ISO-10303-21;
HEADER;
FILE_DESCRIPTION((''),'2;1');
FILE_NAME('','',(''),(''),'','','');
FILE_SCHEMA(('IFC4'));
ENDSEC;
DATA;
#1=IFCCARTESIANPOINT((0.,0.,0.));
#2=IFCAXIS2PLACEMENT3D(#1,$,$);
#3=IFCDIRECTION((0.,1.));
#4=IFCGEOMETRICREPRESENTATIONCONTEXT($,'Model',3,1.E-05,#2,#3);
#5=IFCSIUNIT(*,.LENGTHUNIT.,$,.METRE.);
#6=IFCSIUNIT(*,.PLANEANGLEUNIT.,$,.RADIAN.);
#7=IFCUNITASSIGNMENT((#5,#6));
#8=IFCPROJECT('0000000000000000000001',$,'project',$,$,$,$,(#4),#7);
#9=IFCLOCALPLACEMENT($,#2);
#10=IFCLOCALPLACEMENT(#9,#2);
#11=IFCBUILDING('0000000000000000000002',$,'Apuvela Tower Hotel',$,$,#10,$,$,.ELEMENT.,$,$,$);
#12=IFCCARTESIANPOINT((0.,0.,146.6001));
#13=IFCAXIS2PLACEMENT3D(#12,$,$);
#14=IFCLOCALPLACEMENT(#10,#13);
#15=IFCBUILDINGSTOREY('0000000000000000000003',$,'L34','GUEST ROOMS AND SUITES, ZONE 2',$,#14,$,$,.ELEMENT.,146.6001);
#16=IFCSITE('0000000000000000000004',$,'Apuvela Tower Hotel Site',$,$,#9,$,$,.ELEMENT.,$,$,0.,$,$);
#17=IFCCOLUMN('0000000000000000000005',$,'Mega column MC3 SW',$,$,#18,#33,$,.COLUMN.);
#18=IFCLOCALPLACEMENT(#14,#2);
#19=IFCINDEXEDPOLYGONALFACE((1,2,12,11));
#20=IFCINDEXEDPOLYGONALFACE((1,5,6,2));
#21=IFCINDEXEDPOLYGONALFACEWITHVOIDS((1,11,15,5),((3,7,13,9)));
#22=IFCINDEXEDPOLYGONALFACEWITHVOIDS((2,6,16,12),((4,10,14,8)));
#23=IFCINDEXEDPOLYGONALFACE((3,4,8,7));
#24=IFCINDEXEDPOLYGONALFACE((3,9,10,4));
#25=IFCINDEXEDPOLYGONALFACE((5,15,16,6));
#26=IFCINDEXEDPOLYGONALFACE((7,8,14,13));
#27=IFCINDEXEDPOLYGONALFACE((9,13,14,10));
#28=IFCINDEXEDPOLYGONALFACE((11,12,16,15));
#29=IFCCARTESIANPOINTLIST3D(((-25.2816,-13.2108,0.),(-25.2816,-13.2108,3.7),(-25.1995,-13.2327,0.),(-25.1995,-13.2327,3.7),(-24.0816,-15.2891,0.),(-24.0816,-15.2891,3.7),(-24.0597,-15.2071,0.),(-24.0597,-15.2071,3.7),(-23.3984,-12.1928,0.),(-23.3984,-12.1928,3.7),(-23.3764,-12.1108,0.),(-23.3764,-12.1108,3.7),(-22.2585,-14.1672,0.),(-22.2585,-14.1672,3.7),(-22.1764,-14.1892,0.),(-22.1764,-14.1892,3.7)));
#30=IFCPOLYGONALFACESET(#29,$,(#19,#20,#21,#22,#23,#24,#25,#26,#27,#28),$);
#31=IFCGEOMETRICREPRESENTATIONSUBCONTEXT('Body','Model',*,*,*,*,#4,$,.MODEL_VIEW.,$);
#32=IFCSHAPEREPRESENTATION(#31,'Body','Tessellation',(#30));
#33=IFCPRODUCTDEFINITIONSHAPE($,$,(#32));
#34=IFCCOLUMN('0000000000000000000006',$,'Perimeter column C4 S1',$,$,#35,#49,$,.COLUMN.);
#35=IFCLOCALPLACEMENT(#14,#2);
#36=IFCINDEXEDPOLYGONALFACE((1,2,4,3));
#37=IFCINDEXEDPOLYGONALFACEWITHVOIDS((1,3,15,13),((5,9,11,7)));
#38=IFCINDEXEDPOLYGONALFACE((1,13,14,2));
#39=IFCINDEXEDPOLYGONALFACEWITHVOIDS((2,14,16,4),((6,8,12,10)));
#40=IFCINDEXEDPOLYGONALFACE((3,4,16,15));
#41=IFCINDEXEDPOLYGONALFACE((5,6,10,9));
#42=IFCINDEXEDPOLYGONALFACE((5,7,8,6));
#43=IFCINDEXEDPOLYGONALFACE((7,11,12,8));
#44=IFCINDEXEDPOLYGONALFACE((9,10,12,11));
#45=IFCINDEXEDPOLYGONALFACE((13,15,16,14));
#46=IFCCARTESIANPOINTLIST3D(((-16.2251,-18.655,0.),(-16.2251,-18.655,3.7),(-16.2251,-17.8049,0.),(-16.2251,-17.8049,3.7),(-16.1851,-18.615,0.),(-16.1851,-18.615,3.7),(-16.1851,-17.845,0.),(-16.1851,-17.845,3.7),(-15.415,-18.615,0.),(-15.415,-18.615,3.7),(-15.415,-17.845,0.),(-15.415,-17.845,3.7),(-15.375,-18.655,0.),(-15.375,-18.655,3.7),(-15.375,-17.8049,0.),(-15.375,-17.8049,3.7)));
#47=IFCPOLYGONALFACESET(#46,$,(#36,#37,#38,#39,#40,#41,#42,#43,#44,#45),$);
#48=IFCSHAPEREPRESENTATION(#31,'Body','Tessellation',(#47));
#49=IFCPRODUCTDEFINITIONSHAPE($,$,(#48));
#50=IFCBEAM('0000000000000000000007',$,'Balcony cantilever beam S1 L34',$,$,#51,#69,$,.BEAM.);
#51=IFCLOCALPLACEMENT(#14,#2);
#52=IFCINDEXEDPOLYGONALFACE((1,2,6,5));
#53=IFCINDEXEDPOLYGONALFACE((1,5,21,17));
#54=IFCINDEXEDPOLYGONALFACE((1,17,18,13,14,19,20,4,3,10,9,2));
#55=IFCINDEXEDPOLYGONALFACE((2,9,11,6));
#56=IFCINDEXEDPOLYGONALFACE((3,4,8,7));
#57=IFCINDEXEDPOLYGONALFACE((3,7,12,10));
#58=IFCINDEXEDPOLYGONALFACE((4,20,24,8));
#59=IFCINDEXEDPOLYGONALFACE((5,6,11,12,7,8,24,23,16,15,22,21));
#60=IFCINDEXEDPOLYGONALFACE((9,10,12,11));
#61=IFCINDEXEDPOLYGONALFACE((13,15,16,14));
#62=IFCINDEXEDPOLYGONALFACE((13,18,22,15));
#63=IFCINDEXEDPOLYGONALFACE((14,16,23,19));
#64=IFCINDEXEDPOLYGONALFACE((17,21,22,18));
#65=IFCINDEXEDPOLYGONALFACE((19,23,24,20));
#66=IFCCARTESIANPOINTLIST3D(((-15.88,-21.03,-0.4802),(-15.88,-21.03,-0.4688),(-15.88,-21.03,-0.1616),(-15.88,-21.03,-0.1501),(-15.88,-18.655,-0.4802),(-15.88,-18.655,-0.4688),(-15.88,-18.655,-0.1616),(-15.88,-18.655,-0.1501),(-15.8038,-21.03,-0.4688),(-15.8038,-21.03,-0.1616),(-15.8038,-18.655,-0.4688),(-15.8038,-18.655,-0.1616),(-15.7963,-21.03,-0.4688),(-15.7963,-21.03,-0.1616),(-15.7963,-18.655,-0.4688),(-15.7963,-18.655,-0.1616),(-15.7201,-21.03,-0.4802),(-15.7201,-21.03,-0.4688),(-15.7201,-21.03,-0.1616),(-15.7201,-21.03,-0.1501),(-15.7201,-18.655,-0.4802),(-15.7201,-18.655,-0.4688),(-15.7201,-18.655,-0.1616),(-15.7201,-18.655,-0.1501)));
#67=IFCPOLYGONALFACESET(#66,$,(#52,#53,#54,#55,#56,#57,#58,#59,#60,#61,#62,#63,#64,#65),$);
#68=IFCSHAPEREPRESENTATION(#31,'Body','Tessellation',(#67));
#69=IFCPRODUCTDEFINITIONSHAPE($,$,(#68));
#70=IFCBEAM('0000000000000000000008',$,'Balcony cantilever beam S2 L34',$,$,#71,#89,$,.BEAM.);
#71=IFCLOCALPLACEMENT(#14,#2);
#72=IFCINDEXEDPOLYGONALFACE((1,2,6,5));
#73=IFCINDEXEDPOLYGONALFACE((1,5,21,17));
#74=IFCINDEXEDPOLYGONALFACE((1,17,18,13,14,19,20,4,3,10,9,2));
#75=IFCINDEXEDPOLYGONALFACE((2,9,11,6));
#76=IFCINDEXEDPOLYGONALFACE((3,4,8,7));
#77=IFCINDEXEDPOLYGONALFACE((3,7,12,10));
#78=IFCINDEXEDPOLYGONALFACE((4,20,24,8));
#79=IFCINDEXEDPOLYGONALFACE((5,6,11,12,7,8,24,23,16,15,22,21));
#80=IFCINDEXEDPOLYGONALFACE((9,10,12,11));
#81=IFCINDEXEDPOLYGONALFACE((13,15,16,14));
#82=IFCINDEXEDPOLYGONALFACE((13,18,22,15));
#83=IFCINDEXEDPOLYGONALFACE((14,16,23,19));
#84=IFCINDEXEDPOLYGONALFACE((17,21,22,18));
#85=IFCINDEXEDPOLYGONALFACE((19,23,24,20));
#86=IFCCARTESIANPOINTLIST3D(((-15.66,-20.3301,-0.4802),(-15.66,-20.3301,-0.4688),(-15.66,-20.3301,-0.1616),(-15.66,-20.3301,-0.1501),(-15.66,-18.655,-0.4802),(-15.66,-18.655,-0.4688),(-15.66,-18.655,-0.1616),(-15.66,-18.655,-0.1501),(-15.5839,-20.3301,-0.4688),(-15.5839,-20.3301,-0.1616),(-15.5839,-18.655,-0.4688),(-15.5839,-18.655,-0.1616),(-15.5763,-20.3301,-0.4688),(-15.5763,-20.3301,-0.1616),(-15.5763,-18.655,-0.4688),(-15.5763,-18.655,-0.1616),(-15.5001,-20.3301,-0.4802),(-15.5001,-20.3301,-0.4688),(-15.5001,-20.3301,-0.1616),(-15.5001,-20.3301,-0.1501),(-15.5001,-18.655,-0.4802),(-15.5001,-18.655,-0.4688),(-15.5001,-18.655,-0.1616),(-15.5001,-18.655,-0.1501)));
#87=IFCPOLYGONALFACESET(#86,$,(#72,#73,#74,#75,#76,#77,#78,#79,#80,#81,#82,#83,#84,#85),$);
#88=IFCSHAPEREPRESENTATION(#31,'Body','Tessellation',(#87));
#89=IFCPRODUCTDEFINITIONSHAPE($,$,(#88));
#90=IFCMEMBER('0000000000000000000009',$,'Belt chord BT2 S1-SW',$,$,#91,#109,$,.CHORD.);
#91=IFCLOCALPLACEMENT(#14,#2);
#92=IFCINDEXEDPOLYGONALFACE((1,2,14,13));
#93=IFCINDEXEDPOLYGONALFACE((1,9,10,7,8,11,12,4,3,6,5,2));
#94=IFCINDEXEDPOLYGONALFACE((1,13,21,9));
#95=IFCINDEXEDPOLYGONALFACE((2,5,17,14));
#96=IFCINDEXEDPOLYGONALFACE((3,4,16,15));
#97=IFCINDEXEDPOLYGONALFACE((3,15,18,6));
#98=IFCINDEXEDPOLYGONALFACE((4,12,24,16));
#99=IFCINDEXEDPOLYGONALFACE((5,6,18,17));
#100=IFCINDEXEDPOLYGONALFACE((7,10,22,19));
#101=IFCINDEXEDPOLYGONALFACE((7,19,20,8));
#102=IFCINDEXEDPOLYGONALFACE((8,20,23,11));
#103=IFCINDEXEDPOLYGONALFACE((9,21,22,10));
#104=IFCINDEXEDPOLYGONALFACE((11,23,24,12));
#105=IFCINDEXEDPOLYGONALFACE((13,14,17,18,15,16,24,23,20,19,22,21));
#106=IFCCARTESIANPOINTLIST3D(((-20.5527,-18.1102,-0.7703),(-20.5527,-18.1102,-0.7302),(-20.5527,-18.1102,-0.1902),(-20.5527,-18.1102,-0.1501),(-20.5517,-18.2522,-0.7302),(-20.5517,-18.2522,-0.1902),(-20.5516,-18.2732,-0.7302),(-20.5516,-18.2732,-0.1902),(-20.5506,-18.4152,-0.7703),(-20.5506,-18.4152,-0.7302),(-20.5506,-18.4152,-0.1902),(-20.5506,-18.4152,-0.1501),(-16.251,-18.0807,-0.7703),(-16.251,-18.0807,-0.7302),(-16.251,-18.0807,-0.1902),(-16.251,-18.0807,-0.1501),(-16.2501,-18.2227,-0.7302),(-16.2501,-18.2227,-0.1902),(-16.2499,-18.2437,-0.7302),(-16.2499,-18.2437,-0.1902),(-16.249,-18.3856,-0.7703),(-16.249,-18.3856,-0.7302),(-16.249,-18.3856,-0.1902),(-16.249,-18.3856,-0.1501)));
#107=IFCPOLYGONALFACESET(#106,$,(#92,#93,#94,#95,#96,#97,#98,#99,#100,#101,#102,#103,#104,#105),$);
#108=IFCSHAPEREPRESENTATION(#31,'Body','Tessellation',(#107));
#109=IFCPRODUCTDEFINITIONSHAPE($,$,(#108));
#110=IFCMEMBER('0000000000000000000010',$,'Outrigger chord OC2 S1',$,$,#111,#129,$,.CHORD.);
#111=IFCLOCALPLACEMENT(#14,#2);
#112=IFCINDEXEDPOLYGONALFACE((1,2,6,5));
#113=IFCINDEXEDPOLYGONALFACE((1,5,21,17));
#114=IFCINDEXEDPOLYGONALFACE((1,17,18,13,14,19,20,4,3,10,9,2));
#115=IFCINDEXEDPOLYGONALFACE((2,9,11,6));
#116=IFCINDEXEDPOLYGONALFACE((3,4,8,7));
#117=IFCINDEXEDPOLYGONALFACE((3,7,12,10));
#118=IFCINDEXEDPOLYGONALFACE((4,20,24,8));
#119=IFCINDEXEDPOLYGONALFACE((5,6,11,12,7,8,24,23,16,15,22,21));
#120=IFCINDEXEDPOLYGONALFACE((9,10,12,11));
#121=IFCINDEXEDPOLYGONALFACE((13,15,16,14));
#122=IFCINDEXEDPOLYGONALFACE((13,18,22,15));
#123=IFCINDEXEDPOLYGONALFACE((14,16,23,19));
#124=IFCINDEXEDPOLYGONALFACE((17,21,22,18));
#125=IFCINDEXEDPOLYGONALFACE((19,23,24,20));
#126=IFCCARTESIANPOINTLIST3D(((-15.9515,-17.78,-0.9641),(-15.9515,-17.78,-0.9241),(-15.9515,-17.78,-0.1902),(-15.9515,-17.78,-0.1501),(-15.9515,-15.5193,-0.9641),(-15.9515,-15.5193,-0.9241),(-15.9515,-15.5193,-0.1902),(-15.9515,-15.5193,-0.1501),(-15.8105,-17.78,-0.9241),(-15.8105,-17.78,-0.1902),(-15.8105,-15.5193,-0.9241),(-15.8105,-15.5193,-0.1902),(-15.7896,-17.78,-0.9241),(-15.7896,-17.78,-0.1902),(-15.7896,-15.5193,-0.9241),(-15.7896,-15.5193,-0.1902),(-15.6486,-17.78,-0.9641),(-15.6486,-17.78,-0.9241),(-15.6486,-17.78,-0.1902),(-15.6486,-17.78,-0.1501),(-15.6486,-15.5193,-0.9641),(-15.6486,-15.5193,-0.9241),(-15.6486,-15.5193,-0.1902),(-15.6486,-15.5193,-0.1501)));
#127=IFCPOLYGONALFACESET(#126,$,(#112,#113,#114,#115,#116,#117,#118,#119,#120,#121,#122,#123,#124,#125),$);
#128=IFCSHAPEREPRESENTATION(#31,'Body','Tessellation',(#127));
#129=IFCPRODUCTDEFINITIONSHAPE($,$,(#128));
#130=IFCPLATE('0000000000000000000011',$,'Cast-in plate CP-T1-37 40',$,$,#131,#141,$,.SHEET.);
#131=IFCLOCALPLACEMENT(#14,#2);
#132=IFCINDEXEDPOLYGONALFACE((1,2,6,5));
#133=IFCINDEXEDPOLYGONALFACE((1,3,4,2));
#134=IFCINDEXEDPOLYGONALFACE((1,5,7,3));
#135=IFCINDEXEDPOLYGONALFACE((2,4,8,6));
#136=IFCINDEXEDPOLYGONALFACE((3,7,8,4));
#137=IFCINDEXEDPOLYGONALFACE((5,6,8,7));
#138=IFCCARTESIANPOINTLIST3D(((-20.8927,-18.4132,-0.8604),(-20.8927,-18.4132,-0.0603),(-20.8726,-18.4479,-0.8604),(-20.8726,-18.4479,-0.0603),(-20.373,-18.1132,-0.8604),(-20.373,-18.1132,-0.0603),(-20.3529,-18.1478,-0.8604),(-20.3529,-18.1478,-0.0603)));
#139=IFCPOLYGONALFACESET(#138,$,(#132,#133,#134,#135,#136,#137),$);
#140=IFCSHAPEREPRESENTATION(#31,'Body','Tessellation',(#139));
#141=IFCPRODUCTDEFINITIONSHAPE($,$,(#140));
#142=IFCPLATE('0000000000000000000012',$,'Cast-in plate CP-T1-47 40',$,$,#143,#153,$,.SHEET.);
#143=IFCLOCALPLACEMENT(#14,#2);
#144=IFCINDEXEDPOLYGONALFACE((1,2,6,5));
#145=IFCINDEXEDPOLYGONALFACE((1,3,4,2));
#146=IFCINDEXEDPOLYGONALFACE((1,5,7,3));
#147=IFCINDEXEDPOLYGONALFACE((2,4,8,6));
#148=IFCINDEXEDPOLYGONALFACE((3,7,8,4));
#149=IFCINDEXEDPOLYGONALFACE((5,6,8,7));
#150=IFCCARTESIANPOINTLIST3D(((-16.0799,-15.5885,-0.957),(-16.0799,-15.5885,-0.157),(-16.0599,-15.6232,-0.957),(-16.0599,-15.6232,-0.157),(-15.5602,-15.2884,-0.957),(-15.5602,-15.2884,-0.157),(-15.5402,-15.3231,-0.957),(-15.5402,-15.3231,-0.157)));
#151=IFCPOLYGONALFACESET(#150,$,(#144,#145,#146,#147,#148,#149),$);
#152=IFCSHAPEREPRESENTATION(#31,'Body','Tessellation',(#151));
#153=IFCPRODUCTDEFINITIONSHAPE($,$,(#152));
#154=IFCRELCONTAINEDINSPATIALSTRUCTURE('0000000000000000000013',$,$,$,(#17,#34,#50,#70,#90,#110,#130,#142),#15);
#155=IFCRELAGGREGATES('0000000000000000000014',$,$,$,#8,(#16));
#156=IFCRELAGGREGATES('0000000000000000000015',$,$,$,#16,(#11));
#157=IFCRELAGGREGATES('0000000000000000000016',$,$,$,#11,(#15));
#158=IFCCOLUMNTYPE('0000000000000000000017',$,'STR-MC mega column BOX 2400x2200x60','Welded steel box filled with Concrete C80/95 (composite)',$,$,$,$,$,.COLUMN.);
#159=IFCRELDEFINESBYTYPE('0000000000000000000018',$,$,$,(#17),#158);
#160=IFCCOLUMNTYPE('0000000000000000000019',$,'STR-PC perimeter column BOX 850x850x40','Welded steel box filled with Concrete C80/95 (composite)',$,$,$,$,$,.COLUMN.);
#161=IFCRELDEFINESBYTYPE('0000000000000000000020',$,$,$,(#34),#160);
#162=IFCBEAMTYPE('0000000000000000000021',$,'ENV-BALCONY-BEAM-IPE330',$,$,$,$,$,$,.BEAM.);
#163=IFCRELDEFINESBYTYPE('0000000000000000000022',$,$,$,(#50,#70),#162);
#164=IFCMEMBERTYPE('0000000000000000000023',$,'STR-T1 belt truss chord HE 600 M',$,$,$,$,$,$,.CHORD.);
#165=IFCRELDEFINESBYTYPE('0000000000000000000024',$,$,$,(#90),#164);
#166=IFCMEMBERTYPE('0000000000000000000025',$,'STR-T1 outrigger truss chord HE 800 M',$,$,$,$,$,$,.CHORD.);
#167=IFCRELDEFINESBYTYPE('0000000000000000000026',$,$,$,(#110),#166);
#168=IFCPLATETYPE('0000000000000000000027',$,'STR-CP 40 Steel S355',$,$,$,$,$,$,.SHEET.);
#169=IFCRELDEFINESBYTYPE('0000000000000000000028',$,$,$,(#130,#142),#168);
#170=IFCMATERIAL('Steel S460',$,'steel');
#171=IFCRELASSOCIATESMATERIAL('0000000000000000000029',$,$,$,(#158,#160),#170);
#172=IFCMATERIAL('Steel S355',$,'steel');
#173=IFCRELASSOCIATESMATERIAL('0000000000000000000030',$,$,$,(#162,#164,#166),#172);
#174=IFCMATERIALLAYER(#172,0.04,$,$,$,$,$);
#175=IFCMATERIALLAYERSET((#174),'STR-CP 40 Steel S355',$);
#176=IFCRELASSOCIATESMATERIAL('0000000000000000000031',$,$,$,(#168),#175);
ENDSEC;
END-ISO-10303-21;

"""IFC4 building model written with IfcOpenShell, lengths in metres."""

from ifc_helpers import new_model, si_unit, direction, frame, origin, origin_2d, place, context, subcontext, project, spatial, rectangle, hollow_rectangle, i_section, extrude, material, layer, layer_set, material_profile, profile_set, type_object, element, save


model = new_model("IFC4")

# Units and contexts
model_context = context("Model", 3, precision=1e-05, world=origin(), true_north=direction((0.0, 1.0)))
body_context = subcontext(model_context, "Body", "Model", "MODEL_VIEW")
ifc_project = project(units=[si_unit("LENGTHUNIT", "METRE"), si_unit("PLANEANGLEUNIT", "RADIAN")], contexts=[model_context])

# Site, building, storey
site_placement = place(None, origin())
site = spatial("IfcSite", under=ifc_project, at=site_placement, Name="Apuvela Tower Hotel Site", CompositionType="ELEMENT", RefElevation=0.0)
building_placement = place(site_placement, origin())
building = spatial("IfcBuilding", under=site, at=building_placement, Name="Apuvela Tower Hotel", CompositionType="ELEMENT")
storey_placement = place(building_placement, frame((0.0, 0.0, 146.6001)))
storey = spatial("IfcBuildingStorey", under=building, at=storey_placement, Name="L34", Description="GUEST ROOMS AND SUITES, ZONE 2", CompositionType="ELEMENT", Elevation=146.6001)

# Columns
ifc_material_1 = material(Name="Steel S460", Category="steel")
ifc_material_profile_1 = material_profile(ifc_material_1, hollow_rectangle(XDim=2.3999, YDim=2.2, WallThickness=0.0601, at=origin_2d()), Name="BOX 2400x2200x60")
ifc_material_2 = material(Name="Concrete C80/95", Category="concrete")
ifc_material_profile_2 = material_profile(ifc_material_2, rectangle(XDim=2.28, YDim=2.0801, at=origin_2d()), Name="Concrete C80/95 infill")
ifc_profile_set_1 = profile_set([ifc_material_profile_1, ifc_material_profile_2], Name="Steel S460")
column_type_1 = type_object("IfcColumnType", Name="STR-MC mega column BOX 2400x2200x60", Description="Welded steel box filled with Concrete C80/95 (composite)", PredefinedType="COLUMN", material=ifc_profile_set_1)
column_1_placement = place(storey_placement, frame((-23.729, -13.7, 0.0), z_axis=(0.0, 0.0, 1.0), x_axis=(-0.5, 0.866025, 0.0)))
element("IfcColumn", 1, at=column_1_placement, inside=storey, type_object=column_type_1, Name="Mega column MC3 SW", PredefinedType="COLUMN", context=body_context, shape_type="SweptSolid", body=[
    extrude(hollow_rectangle(XDim=2.3999, YDim=2.2, WallThickness=0.0601, at=origin_2d()), origin(), (0.0, 0.0, 1.0), 3.7),
])
ifc_material_profile_3 = material_profile(ifc_material_1, hollow_rectangle(XDim=0.8501, YDim=0.8501, WallThickness=0.04, at=origin_2d()), Name="BOX 850x850x40")
ifc_material_profile_4 = material_profile(ifc_material_2, rectangle(XDim=0.77, YDim=0.77, at=origin_2d()), Name="Concrete C80/95 infill")
ifc_profile_set_2 = profile_set([ifc_material_profile_3, ifc_material_profile_4], Name="Steel S460")
column_type_2 = type_object("IfcColumnType", Name="STR-PC perimeter column BOX 850x850x40", Description="Welded steel box filled with Concrete C80/95 (composite)", PredefinedType="COLUMN", material=ifc_profile_set_2)
column_2_placement = place(storey_placement, frame((-15.8, -18.23, 0.0), z_axis=(0.0, 0.0, 1.0), x_axis=(-1.0, 0.0, 0.0)))
element("IfcColumn", 2, at=column_2_placement, inside=storey, type_object=column_type_2, Name="Perimeter column C4 S1", PredefinedType="COLUMN", context=body_context, shape_type="SweptSolid", body=[
    extrude(hollow_rectangle(XDim=0.8501, YDim=0.8501, WallThickness=0.04, at=origin_2d()), origin(), (0.0, 0.0, 1.0), 3.7),
])

# Beams
ifc_material_3 = material(Name="Steel S355", Category="steel")
ifc_material_profile_5 = material_profile(ifc_material_3, i_section(OverallWidth=0.1599, OverallDepth=0.3301, WebThickness=0.0076, FlangeThickness=0.0115, at=origin_2d()), Name="IPE 330")
ifc_profile_set_3 = profile_set([ifc_material_profile_5], Name="Steel S355")
beam_type = type_object("IfcBeamType", Name="ENV-BALCONY-BEAM-IPE330", PredefinedType="BEAM", material=ifc_profile_set_3)
beam_1_placement = place(storey_placement, frame((-15.8, -18.655, -0.3152), z_axis=(0.0, -1.0, 0.0), x_axis=(1.0, 0.0, 0.0)))
element("IfcBeam", 3, at=beam_1_placement, inside=storey, type_object=beam_type, Name="Balcony cantilever beam S1 L34", PredefinedType="BEAM", context=body_context, shape_type="SweptSolid", body=[
    extrude(i_section(OverallWidth=0.1599, OverallDepth=0.3301, WebThickness=0.0076, FlangeThickness=0.0115, at=origin_2d()), origin(), (0.0, 0.0, 1.0), 2.375),
])
beam_2_placement = place(storey_placement, frame((-15.5801, -18.655, -0.3152), z_axis=(0.0, -1.0, 0.0), x_axis=(1.0, 0.0, 0.0)))
element("IfcBeam", 4, at=beam_2_placement, inside=storey, type_object=beam_type, Name="Balcony cantilever beam S2 L34", PredefinedType="BEAM", context=body_context, shape_type="SweptSolid", body=[
    extrude(i_section(OverallWidth=0.1599, OverallDepth=0.3301, WebThickness=0.0076, FlangeThickness=0.0115, at=origin_2d()), origin(), (0.0, 0.0, 1.0), 1.675),
])

# Members
ifc_material_profile_6 = material_profile(ifc_material_3, i_section(OverallWidth=0.3049, OverallDepth=0.6201, WebThickness=0.021, FlangeThickness=0.04, at=origin_2d()), Name="HE 600 M")
ifc_profile_set_4 = profile_set([ifc_material_profile_6], Name="Steel S355")
member_type_1 = type_object("IfcMemberType", Name="STR-T1 belt truss chord HE 600 M", PredefinedType="CHORD", material=ifc_profile_set_4)
member_1_placement = place(storey_placement, frame((-16.25, -18.2332, -0.4602), z_axis=(-0.999976, -0.006867, 0.0), x_axis=(0.006867, -0.999976, 0.0)))
element("IfcMember", 5, at=member_1_placement, inside=storey, type_object=member_type_1, Name="Belt chord BT2 S1-SW", PredefinedType="CHORD", context=body_context, shape_type="SweptSolid", body=[
    extrude(i_section(OverallWidth=0.3049, OverallDepth=0.6201, WebThickness=0.021, FlangeThickness=0.04, at=origin_2d()), origin(), (0.0, 0.0, 1.0), 4.3018),
])
ifc_material_profile_7 = material_profile(ifc_material_3, i_section(OverallWidth=0.303, OverallDepth=0.814, WebThickness=0.021, FlangeThickness=0.04, at=origin_2d()), Name="HE 800 M")
ifc_profile_set_5 = profile_set([ifc_material_profile_7], Name="Steel S355")
member_type_2 = type_object("IfcMemberType", Name="STR-T1 outrigger truss chord HE 800 M", PredefinedType="CHORD", material=ifc_profile_set_5)
member_2_placement = place(storey_placement, frame((-15.8, -17.78, -0.5571), z_axis=(0.0, 1.0, 0.0), x_axis=(-1.0, 0.0, 0.0)))
element("IfcMember", 6, at=member_2_placement, inside=storey, type_object=member_type_2, Name="Outrigger chord OC2 S1", PredefinedType="CHORD", context=body_context, shape_type="SweptSolid", body=[
    extrude(i_section(OverallWidth=0.303, OverallDepth=0.814, WebThickness=0.021, FlangeThickness=0.04, at=origin_2d()), origin(), (0.0, 0.0, 1.0), 2.2607),
])

# Plates
ifc_layer_1 = layer(ifc_material_3, 0.04)
ifc_layer_set_1 = layer_set([ifc_layer_1], Name="STR-CP 40 Steel S355")
plate_type = type_object("IfcPlateType", Name="STR-CP 40 Steel S355", PredefinedType="SHEET", material=ifc_layer_set_1)
for number, where, z_axis, x_axis, name in (
    (7, (-20.6228, -18.2805, -0.8604), (0.0, 0.0, 1.0), (0.5, -0.866025, 0.0), "Cast-in plate CP-T1-37 40"),
    (8, (-15.8101, -15.4558, -0.957), (0.0, 0.0, 1.0), (-0.5, 0.866025, 0.0), "Cast-in plate CP-T1-47 40"),
):
    element("IfcPlate", number, at=place(storey_placement, frame(where, z_axis=z_axis, x_axis=x_axis)), inside=storey, type_object=plate_type, Name=name, PredefinedType="SHEET", context=body_context, shape_type="SweptSolid", body=[
        extrude(rectangle(XDim=0.04, YDim=0.6001, at=origin_2d()), origin(), (0.0, 0.0, 1.0), 0.8),
    ])

save(model, "model.ifc")
